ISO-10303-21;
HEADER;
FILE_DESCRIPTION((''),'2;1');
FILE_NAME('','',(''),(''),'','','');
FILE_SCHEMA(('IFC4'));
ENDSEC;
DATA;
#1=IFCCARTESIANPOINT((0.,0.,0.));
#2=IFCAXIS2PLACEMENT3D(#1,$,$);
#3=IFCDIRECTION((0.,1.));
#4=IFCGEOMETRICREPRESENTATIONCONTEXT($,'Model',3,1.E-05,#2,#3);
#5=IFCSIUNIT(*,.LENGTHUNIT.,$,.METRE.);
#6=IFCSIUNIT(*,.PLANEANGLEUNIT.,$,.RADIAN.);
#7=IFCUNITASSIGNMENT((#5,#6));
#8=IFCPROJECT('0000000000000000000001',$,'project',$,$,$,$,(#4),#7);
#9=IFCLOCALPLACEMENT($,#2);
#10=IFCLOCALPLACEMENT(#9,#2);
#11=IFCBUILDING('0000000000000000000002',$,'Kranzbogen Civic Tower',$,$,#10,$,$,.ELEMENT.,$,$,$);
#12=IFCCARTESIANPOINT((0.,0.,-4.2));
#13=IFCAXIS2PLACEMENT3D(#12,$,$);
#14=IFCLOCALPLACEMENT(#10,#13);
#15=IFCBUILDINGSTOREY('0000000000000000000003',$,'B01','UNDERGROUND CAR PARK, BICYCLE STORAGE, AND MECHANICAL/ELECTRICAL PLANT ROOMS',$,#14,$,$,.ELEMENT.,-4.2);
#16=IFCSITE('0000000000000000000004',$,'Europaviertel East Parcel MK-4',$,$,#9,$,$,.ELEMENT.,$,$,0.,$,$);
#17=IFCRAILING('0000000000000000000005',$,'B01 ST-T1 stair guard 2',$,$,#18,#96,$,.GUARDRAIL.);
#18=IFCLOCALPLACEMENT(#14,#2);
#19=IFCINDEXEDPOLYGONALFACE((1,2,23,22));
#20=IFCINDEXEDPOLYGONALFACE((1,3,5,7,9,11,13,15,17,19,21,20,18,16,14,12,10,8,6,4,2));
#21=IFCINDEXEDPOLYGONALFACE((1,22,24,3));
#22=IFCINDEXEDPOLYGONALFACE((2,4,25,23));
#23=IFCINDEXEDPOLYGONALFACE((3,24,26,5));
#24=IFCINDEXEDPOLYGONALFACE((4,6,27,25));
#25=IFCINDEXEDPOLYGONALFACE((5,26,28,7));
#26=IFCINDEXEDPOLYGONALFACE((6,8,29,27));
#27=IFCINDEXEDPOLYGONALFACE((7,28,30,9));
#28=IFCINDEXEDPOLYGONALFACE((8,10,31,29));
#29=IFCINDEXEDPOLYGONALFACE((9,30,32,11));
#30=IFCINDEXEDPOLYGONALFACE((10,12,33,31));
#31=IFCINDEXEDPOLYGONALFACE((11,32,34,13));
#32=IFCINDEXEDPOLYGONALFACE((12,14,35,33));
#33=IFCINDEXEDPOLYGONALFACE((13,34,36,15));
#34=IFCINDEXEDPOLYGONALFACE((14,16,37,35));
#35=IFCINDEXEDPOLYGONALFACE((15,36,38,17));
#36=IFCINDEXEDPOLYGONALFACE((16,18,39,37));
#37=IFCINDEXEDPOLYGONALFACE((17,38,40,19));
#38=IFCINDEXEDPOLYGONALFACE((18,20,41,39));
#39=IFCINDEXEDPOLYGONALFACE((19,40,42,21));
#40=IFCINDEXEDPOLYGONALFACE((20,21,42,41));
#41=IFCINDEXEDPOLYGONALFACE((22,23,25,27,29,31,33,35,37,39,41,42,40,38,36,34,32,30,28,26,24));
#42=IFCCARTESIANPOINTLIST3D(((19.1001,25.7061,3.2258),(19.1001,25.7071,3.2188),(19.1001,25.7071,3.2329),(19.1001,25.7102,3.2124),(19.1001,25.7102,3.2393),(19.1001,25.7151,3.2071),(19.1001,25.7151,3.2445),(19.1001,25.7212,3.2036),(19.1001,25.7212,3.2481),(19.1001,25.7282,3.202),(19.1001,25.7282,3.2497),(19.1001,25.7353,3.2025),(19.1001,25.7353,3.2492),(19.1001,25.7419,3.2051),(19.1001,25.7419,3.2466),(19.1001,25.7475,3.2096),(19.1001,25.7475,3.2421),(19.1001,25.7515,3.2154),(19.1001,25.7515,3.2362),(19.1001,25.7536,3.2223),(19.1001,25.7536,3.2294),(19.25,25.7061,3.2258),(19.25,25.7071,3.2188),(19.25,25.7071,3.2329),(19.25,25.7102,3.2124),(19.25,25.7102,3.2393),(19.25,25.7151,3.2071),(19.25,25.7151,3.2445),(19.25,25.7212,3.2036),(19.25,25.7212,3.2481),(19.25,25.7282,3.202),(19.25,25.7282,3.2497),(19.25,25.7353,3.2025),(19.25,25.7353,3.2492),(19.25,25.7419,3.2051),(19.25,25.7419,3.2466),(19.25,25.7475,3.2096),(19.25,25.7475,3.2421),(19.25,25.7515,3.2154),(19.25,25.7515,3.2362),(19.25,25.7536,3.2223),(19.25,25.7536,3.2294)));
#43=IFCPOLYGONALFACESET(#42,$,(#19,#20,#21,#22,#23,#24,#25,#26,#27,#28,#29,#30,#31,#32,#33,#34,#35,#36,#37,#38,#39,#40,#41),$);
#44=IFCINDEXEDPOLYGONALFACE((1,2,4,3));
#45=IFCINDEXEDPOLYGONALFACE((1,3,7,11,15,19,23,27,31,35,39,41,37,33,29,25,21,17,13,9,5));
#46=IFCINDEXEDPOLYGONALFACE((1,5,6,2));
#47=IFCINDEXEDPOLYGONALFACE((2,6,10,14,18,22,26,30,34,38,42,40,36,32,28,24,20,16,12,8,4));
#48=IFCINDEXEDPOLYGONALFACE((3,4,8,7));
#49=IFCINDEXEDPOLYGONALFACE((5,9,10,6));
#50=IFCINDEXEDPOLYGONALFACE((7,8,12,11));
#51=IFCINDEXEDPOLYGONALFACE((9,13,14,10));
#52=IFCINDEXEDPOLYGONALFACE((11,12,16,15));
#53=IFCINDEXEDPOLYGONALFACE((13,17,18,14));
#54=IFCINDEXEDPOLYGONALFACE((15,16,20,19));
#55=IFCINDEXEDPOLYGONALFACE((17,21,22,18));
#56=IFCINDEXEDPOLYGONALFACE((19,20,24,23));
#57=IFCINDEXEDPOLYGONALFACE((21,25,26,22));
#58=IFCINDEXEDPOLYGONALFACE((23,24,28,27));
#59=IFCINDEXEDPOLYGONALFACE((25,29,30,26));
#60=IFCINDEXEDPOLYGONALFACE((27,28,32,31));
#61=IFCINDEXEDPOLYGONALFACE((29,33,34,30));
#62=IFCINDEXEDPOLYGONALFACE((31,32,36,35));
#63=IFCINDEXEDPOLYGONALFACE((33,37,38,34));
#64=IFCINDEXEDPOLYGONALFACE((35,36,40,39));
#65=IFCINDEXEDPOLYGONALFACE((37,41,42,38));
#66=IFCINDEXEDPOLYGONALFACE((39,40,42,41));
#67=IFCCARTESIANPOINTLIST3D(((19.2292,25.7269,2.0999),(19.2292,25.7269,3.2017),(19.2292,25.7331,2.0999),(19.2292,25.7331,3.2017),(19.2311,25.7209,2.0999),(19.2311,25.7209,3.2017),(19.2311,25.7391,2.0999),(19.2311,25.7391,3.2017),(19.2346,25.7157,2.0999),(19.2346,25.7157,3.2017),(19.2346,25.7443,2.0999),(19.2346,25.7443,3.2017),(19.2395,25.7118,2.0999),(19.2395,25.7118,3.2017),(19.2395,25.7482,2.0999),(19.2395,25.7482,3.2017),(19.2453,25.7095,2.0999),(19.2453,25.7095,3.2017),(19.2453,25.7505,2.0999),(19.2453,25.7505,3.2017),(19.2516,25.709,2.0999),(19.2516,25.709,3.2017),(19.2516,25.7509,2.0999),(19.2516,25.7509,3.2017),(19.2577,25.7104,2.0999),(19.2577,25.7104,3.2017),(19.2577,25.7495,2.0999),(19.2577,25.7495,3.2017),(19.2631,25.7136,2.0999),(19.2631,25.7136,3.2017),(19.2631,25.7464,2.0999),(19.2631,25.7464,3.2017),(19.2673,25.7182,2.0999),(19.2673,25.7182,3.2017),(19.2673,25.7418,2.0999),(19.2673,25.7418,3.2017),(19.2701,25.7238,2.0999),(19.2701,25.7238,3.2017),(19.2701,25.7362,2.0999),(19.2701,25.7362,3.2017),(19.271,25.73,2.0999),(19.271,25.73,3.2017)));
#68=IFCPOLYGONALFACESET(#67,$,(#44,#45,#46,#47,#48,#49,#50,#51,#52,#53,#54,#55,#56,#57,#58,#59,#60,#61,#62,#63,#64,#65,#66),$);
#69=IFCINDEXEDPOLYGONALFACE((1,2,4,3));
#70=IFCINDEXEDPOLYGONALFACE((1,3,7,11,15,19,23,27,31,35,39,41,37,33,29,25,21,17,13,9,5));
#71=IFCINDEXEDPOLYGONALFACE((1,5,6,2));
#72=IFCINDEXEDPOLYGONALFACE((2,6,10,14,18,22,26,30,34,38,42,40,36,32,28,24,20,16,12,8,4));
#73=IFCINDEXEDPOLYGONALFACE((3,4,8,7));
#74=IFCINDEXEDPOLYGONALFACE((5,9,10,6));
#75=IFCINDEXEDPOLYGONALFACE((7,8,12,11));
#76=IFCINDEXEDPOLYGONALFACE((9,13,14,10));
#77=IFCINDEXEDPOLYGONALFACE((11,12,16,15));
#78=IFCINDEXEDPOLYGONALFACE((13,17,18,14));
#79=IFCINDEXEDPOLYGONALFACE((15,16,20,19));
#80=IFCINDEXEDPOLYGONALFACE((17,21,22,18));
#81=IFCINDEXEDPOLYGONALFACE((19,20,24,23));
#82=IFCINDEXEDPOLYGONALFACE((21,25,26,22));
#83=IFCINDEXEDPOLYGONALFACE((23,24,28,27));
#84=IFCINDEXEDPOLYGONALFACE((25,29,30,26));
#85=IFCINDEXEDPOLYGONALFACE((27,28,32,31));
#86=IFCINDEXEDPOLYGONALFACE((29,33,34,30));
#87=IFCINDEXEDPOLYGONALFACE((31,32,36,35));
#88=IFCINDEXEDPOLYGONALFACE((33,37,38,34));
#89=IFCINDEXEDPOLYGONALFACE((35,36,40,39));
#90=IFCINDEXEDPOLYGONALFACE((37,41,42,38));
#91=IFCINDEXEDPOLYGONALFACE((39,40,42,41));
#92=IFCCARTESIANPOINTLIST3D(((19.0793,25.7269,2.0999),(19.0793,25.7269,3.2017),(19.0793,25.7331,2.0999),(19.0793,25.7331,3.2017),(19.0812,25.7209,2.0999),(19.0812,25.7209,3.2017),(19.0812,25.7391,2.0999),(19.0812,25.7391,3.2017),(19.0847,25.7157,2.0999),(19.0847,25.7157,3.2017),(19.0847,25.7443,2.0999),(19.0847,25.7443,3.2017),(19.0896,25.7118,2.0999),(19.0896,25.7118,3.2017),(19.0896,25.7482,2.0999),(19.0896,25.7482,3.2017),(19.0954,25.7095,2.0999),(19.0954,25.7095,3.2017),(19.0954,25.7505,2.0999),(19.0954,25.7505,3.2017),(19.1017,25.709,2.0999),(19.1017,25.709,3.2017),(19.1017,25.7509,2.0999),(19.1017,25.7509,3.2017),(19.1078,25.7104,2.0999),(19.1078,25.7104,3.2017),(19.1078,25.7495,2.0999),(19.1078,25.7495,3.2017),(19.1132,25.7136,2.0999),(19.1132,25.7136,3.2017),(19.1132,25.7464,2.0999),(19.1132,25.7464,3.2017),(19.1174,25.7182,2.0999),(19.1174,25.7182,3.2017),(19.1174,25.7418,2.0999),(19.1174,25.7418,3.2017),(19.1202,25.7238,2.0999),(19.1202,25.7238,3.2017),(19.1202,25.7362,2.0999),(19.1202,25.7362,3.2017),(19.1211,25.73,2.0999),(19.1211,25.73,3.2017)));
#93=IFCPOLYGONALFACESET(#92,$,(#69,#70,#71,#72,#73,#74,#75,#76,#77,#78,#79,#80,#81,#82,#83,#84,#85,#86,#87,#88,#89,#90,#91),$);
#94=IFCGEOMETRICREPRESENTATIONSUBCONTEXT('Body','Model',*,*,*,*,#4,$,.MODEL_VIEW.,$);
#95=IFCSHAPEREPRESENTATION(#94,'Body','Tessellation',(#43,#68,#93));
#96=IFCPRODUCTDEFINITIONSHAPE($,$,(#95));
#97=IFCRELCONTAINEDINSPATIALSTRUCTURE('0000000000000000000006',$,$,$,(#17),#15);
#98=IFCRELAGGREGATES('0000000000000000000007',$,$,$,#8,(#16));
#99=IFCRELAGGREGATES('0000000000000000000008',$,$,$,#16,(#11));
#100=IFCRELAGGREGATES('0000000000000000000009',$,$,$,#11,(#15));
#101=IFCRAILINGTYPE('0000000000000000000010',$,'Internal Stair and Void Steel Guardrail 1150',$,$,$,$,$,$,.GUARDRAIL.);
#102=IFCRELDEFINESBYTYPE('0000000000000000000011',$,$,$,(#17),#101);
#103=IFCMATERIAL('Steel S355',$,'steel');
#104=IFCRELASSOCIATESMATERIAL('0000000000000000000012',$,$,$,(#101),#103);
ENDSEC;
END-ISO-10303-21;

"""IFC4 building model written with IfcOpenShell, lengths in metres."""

from ifc_helpers import new_model, si_unit, direction, frame, origin, origin_2d, place, context, subcontext, project, spatial, circle, extrude, material, type_object, element, save


model = new_model("IFC4")

# Units and contexts
model_context = context("Model", 3, precision=1e-05, world=origin(), true_north=direction((0.0, 1.0)))
body_context = subcontext(model_context, "Body", "Model", "MODEL_VIEW")
ifc_project = project(units=[si_unit("LENGTHUNIT", "METRE"), si_unit("PLANEANGLEUNIT", "RADIAN")], contexts=[model_context])

# Site, building, storey
site_placement = place(None, origin())
site = spatial("IfcSite", under=ifc_project, at=site_placement, Name="Europaviertel East Parcel MK-4", CompositionType="ELEMENT", RefElevation=0.0)
building_placement = place(site_placement, origin())
building = spatial("IfcBuilding", under=site, at=building_placement, Name="Kranzbogen Civic Tower", CompositionType="ELEMENT")
storey_placement = place(building_placement, frame((0.0, 0.0, -4.2)))
storey = spatial("IfcBuildingStorey", under=building, at=storey_placement, Name="B01", Description="UNDERGROUND CAR PARK, BICYCLE STORAGE, AND MECHANICAL/ELECTRICAL PLANT ROOMS", CompositionType="ELEMENT", Elevation=-4.2)

# Shared definitions
ifc_material_1 = material(Name="Steel S355", Category="steel")

# Railing
railing_type_1 = type_object("IfcRailingType", Name="Internal Stair and Void Steel Guardrail 1150", PredefinedType="GUARDRAIL", material=ifc_material_1)
railing_1_placement = place(storey_placement, frame((19.25, 25.73, 2.0999)))
element("IfcRailing", 1, at=railing_1_placement, inside=storey, type_object=railing_type_1, Name="B01 ST-T1 stair guard 2", PredefinedType="GUARDRAIL", context=body_context, shape_type="SweptSolid", body=[
    extrude(circle(Radius=0.0239, at=origin_2d()), frame((0.0, 0.0, 1.126), z_axis=(-1.0, 0.0, 0.0), x_axis=(0.0, -1.0, 0.0)), (0.0, 0.0, 1.0), 0.1499),
    extrude(circle(Radius=0.021, at=origin_2d()), origin(), (0.0, 0.0, 1.0), 1.1018),
    extrude(circle(Radius=0.021, at=origin_2d()), frame((-0.1499, 0.0, 0.0)), (0.0, 0.0, 1.0), 1.1018),
])

save(model, "model.ifc")
